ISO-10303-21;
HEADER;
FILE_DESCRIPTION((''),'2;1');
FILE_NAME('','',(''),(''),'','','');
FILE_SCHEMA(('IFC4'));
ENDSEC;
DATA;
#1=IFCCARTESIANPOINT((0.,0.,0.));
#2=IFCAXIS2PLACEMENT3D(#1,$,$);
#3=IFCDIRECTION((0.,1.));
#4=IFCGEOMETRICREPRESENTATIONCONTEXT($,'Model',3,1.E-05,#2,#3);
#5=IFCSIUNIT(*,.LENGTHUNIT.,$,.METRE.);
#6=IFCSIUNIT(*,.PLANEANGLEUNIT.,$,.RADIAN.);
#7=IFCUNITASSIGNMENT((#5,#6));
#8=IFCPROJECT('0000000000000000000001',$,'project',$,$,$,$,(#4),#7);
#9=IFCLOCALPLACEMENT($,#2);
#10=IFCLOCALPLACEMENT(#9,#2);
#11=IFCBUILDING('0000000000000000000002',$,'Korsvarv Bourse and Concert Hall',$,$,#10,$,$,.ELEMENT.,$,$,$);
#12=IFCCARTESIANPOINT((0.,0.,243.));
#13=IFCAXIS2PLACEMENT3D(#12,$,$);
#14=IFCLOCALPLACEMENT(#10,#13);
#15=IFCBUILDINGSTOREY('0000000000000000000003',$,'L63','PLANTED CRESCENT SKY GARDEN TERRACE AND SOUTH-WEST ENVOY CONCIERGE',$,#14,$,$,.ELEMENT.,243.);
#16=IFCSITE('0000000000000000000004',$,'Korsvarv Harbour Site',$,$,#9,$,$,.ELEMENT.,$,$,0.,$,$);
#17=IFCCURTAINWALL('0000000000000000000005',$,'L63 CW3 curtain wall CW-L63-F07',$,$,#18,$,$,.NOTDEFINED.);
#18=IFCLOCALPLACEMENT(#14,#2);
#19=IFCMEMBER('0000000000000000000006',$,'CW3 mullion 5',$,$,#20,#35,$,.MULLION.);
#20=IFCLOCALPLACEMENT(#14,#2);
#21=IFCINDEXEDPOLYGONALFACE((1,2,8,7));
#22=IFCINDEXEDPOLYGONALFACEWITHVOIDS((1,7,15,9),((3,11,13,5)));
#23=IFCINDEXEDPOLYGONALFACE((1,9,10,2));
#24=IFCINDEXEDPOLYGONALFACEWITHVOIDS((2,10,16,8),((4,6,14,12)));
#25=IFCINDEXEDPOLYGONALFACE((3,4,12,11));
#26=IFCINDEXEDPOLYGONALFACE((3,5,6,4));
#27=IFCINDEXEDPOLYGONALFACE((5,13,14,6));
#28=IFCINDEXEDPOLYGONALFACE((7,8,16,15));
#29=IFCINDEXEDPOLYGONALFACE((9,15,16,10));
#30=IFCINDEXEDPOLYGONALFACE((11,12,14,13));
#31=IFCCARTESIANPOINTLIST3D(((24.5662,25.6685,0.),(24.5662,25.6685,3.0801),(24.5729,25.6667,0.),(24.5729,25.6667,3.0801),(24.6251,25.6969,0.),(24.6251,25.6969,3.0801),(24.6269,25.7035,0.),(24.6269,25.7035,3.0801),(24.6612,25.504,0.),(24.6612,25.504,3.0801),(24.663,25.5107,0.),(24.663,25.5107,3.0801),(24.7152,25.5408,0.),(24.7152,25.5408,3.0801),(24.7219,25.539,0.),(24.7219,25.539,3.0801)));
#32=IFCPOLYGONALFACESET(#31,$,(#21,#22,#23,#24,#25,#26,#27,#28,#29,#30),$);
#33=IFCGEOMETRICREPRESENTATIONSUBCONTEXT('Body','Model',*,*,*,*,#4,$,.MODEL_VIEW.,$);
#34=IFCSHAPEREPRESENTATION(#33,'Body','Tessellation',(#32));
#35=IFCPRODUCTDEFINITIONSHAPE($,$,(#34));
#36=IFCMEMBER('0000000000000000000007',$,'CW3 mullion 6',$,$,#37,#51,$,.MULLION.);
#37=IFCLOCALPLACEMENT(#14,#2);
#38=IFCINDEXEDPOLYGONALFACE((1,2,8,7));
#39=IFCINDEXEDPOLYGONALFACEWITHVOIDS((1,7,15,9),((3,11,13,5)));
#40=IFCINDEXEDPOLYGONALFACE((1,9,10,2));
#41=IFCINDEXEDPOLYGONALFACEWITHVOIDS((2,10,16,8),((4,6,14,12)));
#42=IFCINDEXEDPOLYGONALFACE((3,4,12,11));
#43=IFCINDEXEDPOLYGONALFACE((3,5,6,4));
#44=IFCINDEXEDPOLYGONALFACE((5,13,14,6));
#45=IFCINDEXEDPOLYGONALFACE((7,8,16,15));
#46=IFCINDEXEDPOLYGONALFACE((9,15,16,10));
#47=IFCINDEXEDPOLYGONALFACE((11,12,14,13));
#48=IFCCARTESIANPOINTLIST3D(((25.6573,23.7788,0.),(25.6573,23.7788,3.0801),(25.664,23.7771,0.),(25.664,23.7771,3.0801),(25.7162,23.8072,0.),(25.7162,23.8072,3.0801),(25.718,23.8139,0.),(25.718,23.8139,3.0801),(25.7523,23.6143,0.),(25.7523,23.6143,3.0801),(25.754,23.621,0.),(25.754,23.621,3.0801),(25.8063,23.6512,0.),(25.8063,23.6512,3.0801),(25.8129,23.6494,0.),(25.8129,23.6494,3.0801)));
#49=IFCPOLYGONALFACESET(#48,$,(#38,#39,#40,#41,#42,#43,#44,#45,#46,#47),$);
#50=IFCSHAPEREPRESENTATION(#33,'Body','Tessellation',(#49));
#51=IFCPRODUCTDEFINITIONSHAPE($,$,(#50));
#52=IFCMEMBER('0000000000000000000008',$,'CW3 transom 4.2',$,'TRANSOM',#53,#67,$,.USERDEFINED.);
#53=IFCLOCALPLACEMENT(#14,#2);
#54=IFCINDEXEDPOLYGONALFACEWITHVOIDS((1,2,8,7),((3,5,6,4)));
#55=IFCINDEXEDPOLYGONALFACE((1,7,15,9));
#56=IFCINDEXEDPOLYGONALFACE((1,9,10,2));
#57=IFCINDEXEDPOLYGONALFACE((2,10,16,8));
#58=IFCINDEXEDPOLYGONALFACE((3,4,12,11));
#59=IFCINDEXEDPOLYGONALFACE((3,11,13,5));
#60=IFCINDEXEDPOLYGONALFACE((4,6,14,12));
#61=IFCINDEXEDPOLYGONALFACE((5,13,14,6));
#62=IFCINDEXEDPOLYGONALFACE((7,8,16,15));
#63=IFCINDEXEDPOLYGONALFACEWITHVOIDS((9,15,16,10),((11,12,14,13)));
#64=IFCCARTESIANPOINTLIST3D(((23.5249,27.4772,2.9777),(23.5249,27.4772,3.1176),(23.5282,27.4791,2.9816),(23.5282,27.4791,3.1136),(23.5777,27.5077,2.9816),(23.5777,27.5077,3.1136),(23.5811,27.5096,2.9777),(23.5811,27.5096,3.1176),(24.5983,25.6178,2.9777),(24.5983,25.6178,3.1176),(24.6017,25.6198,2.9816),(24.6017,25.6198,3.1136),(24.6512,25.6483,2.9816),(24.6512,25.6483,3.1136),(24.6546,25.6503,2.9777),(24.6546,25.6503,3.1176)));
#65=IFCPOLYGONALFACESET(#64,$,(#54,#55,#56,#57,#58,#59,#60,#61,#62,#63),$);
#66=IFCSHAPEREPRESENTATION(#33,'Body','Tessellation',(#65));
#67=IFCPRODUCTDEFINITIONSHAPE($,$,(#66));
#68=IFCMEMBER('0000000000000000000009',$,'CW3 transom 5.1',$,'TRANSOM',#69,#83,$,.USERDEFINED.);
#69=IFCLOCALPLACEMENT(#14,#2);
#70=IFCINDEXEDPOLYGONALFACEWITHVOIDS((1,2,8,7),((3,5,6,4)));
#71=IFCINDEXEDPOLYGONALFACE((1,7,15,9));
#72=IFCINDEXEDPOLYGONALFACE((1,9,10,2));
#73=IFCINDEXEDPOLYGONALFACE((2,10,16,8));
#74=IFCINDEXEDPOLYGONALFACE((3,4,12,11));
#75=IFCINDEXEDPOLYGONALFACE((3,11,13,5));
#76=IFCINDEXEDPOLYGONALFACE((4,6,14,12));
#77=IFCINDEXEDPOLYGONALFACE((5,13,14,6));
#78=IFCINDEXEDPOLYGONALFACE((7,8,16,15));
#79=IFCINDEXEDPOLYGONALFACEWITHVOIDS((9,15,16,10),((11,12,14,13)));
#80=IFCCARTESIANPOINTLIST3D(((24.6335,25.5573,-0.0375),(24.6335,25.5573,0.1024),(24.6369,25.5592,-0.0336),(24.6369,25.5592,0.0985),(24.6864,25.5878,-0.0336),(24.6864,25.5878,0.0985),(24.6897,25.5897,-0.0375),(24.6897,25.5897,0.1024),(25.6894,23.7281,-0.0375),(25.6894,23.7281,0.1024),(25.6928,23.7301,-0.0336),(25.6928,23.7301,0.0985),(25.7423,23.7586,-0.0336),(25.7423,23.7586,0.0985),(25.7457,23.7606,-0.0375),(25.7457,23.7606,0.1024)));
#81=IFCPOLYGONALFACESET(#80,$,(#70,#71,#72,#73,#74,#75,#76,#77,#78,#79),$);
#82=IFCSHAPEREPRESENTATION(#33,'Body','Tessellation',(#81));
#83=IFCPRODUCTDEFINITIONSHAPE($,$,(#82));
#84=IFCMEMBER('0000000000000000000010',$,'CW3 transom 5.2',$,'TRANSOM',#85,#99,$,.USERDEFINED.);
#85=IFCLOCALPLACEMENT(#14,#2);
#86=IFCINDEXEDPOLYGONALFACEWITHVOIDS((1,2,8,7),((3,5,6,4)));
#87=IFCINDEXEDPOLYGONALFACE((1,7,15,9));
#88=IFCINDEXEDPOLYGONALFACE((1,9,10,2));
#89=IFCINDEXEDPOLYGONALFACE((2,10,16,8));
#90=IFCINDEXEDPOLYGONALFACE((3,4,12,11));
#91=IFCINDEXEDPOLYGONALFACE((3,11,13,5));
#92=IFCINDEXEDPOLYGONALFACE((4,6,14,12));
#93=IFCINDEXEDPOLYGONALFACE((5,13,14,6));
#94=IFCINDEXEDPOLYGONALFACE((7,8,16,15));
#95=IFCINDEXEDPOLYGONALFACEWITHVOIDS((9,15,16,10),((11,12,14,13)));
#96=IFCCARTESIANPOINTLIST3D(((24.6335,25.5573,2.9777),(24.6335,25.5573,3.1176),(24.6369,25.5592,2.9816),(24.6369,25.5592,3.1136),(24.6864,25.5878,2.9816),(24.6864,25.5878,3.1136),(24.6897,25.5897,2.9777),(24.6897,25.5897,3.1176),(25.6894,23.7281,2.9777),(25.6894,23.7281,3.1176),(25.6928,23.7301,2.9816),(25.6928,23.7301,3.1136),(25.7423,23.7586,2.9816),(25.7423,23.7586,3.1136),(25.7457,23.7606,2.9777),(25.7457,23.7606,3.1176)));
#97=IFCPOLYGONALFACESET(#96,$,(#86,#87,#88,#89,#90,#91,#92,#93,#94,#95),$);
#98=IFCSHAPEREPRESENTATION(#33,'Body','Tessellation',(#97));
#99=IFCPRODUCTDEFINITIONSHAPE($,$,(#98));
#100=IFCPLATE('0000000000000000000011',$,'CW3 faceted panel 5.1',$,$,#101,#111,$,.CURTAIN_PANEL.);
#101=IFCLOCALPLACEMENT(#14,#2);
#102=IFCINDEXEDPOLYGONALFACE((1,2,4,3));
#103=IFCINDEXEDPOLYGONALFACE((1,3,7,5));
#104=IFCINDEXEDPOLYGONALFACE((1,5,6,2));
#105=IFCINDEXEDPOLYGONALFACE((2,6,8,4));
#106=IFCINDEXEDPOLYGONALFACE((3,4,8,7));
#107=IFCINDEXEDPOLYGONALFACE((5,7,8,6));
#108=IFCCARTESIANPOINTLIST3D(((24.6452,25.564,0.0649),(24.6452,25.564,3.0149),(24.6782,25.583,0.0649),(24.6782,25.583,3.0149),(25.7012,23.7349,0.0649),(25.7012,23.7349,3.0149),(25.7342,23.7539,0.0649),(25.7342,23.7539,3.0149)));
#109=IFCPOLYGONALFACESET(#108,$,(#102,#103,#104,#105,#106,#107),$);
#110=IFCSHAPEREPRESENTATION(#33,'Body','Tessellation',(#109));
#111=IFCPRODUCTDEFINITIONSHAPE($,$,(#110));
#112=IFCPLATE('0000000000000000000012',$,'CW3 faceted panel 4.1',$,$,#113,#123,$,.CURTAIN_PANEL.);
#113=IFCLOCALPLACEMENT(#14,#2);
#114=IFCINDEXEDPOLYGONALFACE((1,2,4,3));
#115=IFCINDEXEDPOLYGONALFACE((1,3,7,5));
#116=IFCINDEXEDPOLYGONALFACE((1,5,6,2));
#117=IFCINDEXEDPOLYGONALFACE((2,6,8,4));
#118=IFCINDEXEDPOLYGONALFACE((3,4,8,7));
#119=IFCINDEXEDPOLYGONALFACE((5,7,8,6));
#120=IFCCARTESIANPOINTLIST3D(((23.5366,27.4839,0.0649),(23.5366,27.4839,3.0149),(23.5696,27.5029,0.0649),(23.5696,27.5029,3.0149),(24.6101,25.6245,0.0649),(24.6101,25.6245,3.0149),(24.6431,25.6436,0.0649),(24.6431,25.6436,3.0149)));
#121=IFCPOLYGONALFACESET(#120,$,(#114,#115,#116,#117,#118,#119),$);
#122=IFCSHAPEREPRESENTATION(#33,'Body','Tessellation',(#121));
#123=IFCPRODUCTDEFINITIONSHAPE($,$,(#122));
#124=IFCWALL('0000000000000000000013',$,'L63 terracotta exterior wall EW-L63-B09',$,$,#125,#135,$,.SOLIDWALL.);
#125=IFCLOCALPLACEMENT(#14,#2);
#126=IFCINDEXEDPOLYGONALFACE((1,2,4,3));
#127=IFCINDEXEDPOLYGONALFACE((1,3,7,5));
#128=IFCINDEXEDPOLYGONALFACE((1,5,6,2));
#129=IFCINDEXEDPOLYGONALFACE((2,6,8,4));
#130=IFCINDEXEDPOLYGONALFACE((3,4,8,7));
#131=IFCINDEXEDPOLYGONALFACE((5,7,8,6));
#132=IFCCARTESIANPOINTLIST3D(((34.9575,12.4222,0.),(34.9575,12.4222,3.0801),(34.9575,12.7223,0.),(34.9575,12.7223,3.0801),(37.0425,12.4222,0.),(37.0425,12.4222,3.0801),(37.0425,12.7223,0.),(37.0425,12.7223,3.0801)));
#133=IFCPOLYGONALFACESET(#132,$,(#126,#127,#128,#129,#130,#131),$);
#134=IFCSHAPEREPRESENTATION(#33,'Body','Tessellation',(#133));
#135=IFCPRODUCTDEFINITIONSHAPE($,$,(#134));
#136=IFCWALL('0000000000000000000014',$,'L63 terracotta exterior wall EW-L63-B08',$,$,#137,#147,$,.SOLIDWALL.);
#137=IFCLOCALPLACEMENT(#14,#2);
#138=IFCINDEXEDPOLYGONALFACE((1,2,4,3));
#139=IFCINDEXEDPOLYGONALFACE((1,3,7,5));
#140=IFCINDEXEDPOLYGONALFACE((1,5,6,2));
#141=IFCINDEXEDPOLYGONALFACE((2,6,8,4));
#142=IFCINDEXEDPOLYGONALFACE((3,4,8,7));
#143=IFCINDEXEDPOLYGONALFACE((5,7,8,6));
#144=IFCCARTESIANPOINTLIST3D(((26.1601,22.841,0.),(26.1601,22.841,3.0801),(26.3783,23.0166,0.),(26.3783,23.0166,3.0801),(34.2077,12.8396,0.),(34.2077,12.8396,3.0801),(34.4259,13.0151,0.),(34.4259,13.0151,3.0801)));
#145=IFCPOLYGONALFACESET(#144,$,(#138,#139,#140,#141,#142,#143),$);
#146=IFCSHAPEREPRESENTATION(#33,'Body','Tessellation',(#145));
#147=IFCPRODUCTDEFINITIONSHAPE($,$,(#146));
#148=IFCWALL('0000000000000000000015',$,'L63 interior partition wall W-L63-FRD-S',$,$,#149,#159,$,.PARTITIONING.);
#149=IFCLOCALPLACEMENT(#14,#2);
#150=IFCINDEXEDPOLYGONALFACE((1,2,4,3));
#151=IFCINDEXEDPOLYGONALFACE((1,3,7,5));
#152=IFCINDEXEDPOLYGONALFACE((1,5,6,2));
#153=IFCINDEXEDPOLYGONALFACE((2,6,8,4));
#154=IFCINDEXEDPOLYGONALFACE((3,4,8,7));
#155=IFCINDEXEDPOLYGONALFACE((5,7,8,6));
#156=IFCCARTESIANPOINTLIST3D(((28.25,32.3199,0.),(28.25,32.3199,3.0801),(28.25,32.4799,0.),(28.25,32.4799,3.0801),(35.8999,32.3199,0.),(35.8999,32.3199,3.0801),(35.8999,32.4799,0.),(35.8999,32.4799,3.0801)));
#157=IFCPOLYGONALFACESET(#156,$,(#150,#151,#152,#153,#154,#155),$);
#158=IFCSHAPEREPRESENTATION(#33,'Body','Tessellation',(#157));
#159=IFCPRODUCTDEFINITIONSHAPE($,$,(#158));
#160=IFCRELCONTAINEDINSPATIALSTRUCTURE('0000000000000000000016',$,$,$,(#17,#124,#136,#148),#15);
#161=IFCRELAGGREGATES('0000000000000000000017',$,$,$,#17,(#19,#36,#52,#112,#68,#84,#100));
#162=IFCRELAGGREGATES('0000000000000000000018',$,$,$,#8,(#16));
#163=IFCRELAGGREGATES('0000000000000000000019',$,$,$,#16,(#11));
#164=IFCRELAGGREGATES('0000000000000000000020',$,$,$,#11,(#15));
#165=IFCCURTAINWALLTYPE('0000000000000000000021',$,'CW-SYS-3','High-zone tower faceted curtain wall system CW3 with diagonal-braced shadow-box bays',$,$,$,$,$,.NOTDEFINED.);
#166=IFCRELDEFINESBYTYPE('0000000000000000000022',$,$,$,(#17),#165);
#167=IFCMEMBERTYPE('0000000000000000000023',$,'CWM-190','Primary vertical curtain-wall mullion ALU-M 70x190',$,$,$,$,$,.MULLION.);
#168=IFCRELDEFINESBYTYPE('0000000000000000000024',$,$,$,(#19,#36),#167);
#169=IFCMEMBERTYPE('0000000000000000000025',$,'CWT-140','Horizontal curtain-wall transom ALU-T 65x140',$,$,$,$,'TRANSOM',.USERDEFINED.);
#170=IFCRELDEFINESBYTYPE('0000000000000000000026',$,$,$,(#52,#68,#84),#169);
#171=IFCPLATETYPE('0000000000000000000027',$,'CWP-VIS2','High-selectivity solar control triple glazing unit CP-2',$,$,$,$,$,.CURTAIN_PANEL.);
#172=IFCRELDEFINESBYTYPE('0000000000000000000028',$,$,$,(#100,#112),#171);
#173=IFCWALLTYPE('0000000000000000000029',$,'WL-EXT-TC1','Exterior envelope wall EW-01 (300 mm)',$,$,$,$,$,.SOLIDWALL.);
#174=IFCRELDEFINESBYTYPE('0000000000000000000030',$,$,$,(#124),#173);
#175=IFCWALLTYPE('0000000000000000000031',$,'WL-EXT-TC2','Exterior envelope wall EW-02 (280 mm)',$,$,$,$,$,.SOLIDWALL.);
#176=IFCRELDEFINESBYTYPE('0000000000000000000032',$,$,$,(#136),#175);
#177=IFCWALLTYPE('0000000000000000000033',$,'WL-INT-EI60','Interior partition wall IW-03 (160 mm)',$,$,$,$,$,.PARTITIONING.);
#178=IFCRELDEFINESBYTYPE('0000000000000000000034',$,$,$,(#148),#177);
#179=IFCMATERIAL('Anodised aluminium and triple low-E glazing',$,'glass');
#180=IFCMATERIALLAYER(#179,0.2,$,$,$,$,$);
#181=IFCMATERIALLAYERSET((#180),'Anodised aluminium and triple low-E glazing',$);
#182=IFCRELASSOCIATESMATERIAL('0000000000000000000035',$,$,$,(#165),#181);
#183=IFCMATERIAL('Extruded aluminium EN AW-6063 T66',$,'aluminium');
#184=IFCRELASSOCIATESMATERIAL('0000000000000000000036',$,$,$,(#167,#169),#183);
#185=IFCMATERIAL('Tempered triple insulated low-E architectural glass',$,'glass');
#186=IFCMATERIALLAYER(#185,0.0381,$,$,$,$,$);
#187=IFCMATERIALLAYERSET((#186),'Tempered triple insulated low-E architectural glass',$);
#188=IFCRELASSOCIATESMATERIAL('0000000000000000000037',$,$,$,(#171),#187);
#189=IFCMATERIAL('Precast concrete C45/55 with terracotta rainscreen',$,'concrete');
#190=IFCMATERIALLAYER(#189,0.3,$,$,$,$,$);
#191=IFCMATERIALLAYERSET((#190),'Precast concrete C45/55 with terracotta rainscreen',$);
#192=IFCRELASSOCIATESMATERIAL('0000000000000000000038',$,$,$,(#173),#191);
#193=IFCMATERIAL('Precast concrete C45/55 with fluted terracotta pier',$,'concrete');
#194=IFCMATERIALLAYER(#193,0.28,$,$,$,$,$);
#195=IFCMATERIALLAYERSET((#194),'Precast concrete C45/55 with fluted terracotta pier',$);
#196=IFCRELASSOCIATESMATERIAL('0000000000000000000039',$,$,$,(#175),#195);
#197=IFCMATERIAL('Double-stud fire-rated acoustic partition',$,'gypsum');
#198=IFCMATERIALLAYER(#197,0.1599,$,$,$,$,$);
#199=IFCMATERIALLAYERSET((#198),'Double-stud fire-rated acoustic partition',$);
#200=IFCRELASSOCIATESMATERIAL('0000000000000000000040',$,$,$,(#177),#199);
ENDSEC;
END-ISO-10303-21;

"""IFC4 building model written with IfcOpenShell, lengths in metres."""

from ifc_helpers import new_model, si_unit, direction, frame, frame_2d, origin, origin_2d, place, context, subcontext, project, spatial, rectangle, hollow_rectangle, extrude, source, transform, mapped, material, layer, layer_set, material_profile, profile_set, type_object, element, aggregate, save


model = new_model("IFC4")

# Units and contexts
model_context = context("Model", 3, precision=1e-05, world=origin(), true_north=direction((0.0, 1.0)))
body_context = subcontext(model_context, "Body", "Model", "MODEL_VIEW")
ifc_project = project(units=[si_unit("LENGTHUNIT", "METRE"), si_unit("PLANEANGLEUNIT", "RADIAN")], contexts=[model_context])

# Site, building, storey
site_placement = place(None, origin())
site = spatial("IfcSite", under=ifc_project, at=site_placement, Name="Korsvarv Harbour Site", CompositionType="ELEMENT", RefElevation=0.0)
building_placement = place(site_placement, origin())
building = spatial("IfcBuilding", under=site, at=building_placement, Name="Korsvarv Bourse and Concert Hall", CompositionType="ELEMENT")
storey_placement = place(building_placement, frame((0.0, 0.0, 243.0)))
storey = spatial("IfcBuildingStorey", under=building, at=storey_placement, Name="L63", Description="PLANTED CRESCENT SKY GARDEN TERRACE AND SOUTH-WEST ENVOY CONCIERGE", CompositionType="ELEMENT", Elevation=243.0)

# Curtain wall, members, plates
ifc_material_1 = material(Name="Anodised aluminium and triple low-E glazing", Category="glass")
ifc_layer_1 = layer(ifc_material_1, 0.2)
ifc_layer_set_1 = layer_set([ifc_layer_1], Name="Anodised aluminium and triple low-E glazing")
curtain_wall_type = type_object("IfcCurtainWallType", Name="CW-SYS-3", Description="High-zone tower faceted curtain wall system CW3 with diagonal-braced shadow-box bays", PredefinedType="NOTDEFINED", material=ifc_layer_set_1)
curtain_wall_placement = place(storey_placement, origin())
curtain_wall = element("IfcCurtainWall", 1, at=curtain_wall_placement, inside=storey, type_object=curtain_wall_type, Name="L63 CW3 curtain wall CW-L63-F07", PredefinedType="NOTDEFINED")
ifc_material_2 = material(Name="Extruded aluminium EN AW-6063 T66", Category="aluminium")
ifc_material_profile_1 = material_profile(ifc_material_2, hollow_rectangle(XDim=0.0701, YDim=0.1899, WallThickness=0.0049, at=origin_2d()), Name="ALU-M 70x190")
ifc_profile_set_1 = profile_set([ifc_material_profile_1], Name="Extruded aluminium EN AW-6063 T66")
member_type_1 = type_object("IfcMemberType", Name="CWM-190", Description="Primary vertical curtain-wall mullion ALU-M 70x190", PredefinedType="MULLION", material=ifc_profile_set_1)
shared_shape_1 = source(origin(), body_context, "Body", "SweptSolid", [
    extrude(hollow_rectangle(XDim=0.0701, YDim=0.1899, WallThickness=0.0049, at=origin_2d()), origin(), (0.0, 0.0, 1.0), 3.0801),
])
member_1_placement = place(storey_placement, frame((24.644, 25.6038, 0.0), z_axis=(0.0, 0.0, 1.0), x_axis=(0.866022, 0.500006, 0.0)))
member_1 = element("IfcMember", 2, at=member_1_placement, type_object=member_type_1, Name="CW3 mullion 5", PredefinedType="MULLION", context=body_context, shape_type="MappedRepresentation", body=[
    mapped(shared_shape_1, transform((0.0, 0.0, 0.0), scale=1.0)),
])
member_2_placement = place(storey_placement, frame((25.7351, 23.7141, 0.0), z_axis=(0.0, 0.0, 1.0), x_axis=(0.866022, 0.500006, 0.0)))
member_2 = element("IfcMember", 3, at=member_2_placement, type_object=member_type_1, Name="CW3 mullion 6", PredefinedType="MULLION", context=body_context, shape_type="MappedRepresentation", body=[
    mapped(shared_shape_1, transform((0.0, 0.0, 0.0), scale=1.0)),
])
ifc_material_profile_2 = material_profile(ifc_material_2, hollow_rectangle(XDim=0.0649, YDim=0.1399, WallThickness=0.0039, at=origin_2d()), Name="ALU-T 65x140")
ifc_profile_set_2 = profile_set([ifc_material_profile_2], Name="Extruded aluminium EN AW-6063 T66")
member_type_2 = type_object("IfcMemberType", Name="CWT-140", Description="Horizontal curtain-wall transom ALU-T 65x140", ElementType="TRANSOM", PredefinedType="USERDEFINED", material=ifc_profile_set_2)
shared_shape_2 = source(origin(), body_context, "Body", "SweptSolid", [
    extrude(hollow_rectangle(XDim=0.0649, YDim=0.1399, WallThickness=0.0039, at=origin_2d()), origin(), (0.0, 0.0, 1.0), 2.147),
])
member_3_placement = place(storey_placement, frame((23.553, 27.4934, 3.0476), z_axis=(0.499992, -0.86603, 0.0), x_axis=(0.86603, 0.499992, 0.0)))
member_3 = element("IfcMember", 4, at=member_3_placement, type_object=member_type_2, Name="CW3 transom 4.2", ObjectType="TRANSOM", PredefinedType="USERDEFINED", context=body_context, shape_type="MappedRepresentation", body=[
    mapped(shared_shape_2, transform((0.0, 0.0, 0.0), scale=1.0)),
])
shared_shape_3 = source(origin(), body_context, "Body", "SweptSolid", [
    extrude(hollow_rectangle(XDim=0.0649, YDim=0.1399, WallThickness=0.0039, at=origin_2d()), origin(), (0.0, 0.0, 1.0), 2.1121),
])
member_4_placement = place(storey_placement, frame((24.6616, 25.5735, 0.0325), z_axis=(0.499956, -0.866051, 0.0), x_axis=(0.866051, 0.499956, 0.0)))
member_4 = element("IfcMember", 5, at=member_4_placement, type_object=member_type_2, Name="CW3 transom 5.1", ObjectType="TRANSOM", PredefinedType="USERDEFINED", context=body_context, shape_type="MappedRepresentation", body=[
    mapped(shared_shape_3, transform((0.0, 0.0, 0.0), scale=1.0)),
])
member_5_placement = place(storey_placement, frame((24.6616, 25.5735, 3.0476), z_axis=(0.499956, -0.866051, 0.0), x_axis=(0.866051, 0.499956, 0.0)))
member_5 = element("IfcMember", 6, at=member_5_placement, type_object=member_type_2, Name="CW3 transom 5.2", ObjectType="TRANSOM", PredefinedType="USERDEFINED", context=body_context, shape_type="MappedRepresentation", body=[
    mapped(shared_shape_3, transform((0.0, 0.0, 0.0), scale=1.0)),
])
ifc_material_3 = material(Name="Tempered triple insulated low-E architectural glass", Category="glass")
ifc_layer_2 = layer(ifc_material_3, 0.0381)
ifc_layer_set_2 = layer_set([ifc_layer_2], Name="Tempered triple insulated low-E architectural glass")
plate_type = type_object("IfcPlateType", Name="CWP-VIS2", Description="High-selectivity solar control triple glazing unit CP-2", PredefinedType="CURTAIN_PANEL", material=ifc_layer_set_2)
shared_shape_4 = source(origin(), body_context, "Body", "SweptSolid", [
    extrude(rectangle(XDim=2.1121, YDim=0.0381, at=origin_2d()), origin(), (0.0, 0.0, 1.0), 2.95),
])
plate_1_placement = place(storey_placement, frame((25.1897, 24.6589, 0.0649), z_axis=(0.0, 0.0, 1.0), x_axis=(0.500006, -0.866022, 0.0)))
plate_1 = element("IfcPlate", 7, at=plate_1_placement, type_object=plate_type, Name="CW3 faceted panel 5.1", PredefinedType="CURTAIN_PANEL", context=body_context, shape_type="MappedRepresentation", body=[
    mapped(shared_shape_4, transform((0.0, 0.0, 0.0), scale=1.0)),
])
shared_shape_5 = source(origin(), body_context, "Body", "SweptSolid", [
    extrude(rectangle(XDim=2.147, YDim=0.0381, at=origin_2d()), origin(), (0.0, 0.0, 1.0), 2.95),
])
plate_2_placement = place(storey_placement, frame((24.0898, 26.5637, 0.0649), z_axis=(0.0, 0.0, 1.0), x_axis=(0.500006, -0.866022, 0.0)))
plate_2 = element("IfcPlate", 8, at=plate_2_placement, type_object=plate_type, Name="CW3 faceted panel 4.1", PredefinedType="CURTAIN_PANEL", context=body_context, shape_type="MappedRepresentation", body=[
    mapped(shared_shape_5, transform((0.0, 0.0, 0.0), scale=1.0)),
])
aggregate(curtain_wall, [member_1, member_2, member_3, plate_2, member_4, member_5, plate_1])

# Walls
ifc_material_4 = material(Name="Precast concrete C45/55 with terracotta rainscreen", Category="concrete")
ifc_layer_3 = layer(ifc_material_4, 0.3)
ifc_layer_set_3 = layer_set([ifc_layer_3], Name="Precast concrete C45/55 with terracotta rainscreen")
wall_type_1 = type_object("IfcWallType", Name="WL-EXT-TC1", Description="Exterior envelope wall EW-01 (300 mm)", PredefinedType="SOLIDWALL", material=ifc_layer_set_3)
wall_1_placement = place(storey_placement, frame((34.9575, 12.5723, 0.0), z_axis=(0.0, 0.0, 1.0), x_axis=(1.0, 0.0, 0.0)))
element("IfcWall", 9, at=wall_1_placement, inside=storey, type_object=wall_type_1, Name="L63 terracotta exterior wall EW-L63-B09", PredefinedType="SOLIDWALL", context=body_context, shape_type="SweptSolid", body=[
    extrude(rectangle(XDim=2.085, YDim=0.3, at=frame_2d((1.0425, 0.0))), origin(), (0.0, 0.0, 1.0), 3.0801),
])
ifc_material_5 = material(Name="Precast concrete C45/55 with fluted terracotta pier", Category="concrete")
ifc_layer_4 = layer(ifc_material_5, 0.28)
ifc_layer_set_4 = layer_set([ifc_layer_4], Name="Precast concrete C45/55 with fluted terracotta pier")
wall_type_2 = type_object("IfcWallType", Name="WL-EXT-TC2", Description="Exterior envelope wall EW-02 (280 mm)", PredefinedType="SOLIDWALL", material=ifc_layer_set_4)
wall_2_placement = place(storey_placement, frame((26.2693, 22.9287, 0.0), z_axis=(0.0, 0.0, 1.0), x_axis=(0.626898, -0.779101, 0.0)))
element("IfcWall", 10, at=wall_2_placement, inside=storey, type_object=wall_type_2, Name="L63 terracotta exterior wall EW-L63-B08", PredefinedType="SOLIDWALL", context=body_context, shape_type="SweptSolid", body=[
    extrude(rectangle(XDim=12.8372, YDim=0.28, at=frame_2d((6.4185, 0.0))), origin(), (0.0, 0.0, 1.0), 3.0801),
])
ifc_material_6 = material(Name="Double-stud fire-rated acoustic partition", Category="gypsum")
ifc_layer_5 = layer(ifc_material_6, 0.1599)
ifc_layer_set_5 = layer_set([ifc_layer_5], Name="Double-stud fire-rated acoustic partition")
wall_type_3 = type_object("IfcWallType", Name="WL-INT-EI60", Description="Interior partition wall IW-03 (160 mm)", PredefinedType="PARTITIONING", material=ifc_layer_set_5)
wall_3_placement = place(storey_placement, frame((28.25, 32.3999, 0.0), z_axis=(0.0, 0.0, 1.0), x_axis=(1.0, 0.0, 0.0)))
element("IfcWall", 11, at=wall_3_placement, inside=storey, type_object=wall_type_3, Name="L63 interior partition wall W-L63-FRD-S", PredefinedType="PARTITIONING", context=body_context, shape_type="SweptSolid", body=[
    extrude(rectangle(XDim=7.6499, YDim=0.1599, at=frame_2d((3.825, 0.0))), origin(), (0.0, 0.0, 1.0), 3.0801),
])

save(model, "model.ifc")
